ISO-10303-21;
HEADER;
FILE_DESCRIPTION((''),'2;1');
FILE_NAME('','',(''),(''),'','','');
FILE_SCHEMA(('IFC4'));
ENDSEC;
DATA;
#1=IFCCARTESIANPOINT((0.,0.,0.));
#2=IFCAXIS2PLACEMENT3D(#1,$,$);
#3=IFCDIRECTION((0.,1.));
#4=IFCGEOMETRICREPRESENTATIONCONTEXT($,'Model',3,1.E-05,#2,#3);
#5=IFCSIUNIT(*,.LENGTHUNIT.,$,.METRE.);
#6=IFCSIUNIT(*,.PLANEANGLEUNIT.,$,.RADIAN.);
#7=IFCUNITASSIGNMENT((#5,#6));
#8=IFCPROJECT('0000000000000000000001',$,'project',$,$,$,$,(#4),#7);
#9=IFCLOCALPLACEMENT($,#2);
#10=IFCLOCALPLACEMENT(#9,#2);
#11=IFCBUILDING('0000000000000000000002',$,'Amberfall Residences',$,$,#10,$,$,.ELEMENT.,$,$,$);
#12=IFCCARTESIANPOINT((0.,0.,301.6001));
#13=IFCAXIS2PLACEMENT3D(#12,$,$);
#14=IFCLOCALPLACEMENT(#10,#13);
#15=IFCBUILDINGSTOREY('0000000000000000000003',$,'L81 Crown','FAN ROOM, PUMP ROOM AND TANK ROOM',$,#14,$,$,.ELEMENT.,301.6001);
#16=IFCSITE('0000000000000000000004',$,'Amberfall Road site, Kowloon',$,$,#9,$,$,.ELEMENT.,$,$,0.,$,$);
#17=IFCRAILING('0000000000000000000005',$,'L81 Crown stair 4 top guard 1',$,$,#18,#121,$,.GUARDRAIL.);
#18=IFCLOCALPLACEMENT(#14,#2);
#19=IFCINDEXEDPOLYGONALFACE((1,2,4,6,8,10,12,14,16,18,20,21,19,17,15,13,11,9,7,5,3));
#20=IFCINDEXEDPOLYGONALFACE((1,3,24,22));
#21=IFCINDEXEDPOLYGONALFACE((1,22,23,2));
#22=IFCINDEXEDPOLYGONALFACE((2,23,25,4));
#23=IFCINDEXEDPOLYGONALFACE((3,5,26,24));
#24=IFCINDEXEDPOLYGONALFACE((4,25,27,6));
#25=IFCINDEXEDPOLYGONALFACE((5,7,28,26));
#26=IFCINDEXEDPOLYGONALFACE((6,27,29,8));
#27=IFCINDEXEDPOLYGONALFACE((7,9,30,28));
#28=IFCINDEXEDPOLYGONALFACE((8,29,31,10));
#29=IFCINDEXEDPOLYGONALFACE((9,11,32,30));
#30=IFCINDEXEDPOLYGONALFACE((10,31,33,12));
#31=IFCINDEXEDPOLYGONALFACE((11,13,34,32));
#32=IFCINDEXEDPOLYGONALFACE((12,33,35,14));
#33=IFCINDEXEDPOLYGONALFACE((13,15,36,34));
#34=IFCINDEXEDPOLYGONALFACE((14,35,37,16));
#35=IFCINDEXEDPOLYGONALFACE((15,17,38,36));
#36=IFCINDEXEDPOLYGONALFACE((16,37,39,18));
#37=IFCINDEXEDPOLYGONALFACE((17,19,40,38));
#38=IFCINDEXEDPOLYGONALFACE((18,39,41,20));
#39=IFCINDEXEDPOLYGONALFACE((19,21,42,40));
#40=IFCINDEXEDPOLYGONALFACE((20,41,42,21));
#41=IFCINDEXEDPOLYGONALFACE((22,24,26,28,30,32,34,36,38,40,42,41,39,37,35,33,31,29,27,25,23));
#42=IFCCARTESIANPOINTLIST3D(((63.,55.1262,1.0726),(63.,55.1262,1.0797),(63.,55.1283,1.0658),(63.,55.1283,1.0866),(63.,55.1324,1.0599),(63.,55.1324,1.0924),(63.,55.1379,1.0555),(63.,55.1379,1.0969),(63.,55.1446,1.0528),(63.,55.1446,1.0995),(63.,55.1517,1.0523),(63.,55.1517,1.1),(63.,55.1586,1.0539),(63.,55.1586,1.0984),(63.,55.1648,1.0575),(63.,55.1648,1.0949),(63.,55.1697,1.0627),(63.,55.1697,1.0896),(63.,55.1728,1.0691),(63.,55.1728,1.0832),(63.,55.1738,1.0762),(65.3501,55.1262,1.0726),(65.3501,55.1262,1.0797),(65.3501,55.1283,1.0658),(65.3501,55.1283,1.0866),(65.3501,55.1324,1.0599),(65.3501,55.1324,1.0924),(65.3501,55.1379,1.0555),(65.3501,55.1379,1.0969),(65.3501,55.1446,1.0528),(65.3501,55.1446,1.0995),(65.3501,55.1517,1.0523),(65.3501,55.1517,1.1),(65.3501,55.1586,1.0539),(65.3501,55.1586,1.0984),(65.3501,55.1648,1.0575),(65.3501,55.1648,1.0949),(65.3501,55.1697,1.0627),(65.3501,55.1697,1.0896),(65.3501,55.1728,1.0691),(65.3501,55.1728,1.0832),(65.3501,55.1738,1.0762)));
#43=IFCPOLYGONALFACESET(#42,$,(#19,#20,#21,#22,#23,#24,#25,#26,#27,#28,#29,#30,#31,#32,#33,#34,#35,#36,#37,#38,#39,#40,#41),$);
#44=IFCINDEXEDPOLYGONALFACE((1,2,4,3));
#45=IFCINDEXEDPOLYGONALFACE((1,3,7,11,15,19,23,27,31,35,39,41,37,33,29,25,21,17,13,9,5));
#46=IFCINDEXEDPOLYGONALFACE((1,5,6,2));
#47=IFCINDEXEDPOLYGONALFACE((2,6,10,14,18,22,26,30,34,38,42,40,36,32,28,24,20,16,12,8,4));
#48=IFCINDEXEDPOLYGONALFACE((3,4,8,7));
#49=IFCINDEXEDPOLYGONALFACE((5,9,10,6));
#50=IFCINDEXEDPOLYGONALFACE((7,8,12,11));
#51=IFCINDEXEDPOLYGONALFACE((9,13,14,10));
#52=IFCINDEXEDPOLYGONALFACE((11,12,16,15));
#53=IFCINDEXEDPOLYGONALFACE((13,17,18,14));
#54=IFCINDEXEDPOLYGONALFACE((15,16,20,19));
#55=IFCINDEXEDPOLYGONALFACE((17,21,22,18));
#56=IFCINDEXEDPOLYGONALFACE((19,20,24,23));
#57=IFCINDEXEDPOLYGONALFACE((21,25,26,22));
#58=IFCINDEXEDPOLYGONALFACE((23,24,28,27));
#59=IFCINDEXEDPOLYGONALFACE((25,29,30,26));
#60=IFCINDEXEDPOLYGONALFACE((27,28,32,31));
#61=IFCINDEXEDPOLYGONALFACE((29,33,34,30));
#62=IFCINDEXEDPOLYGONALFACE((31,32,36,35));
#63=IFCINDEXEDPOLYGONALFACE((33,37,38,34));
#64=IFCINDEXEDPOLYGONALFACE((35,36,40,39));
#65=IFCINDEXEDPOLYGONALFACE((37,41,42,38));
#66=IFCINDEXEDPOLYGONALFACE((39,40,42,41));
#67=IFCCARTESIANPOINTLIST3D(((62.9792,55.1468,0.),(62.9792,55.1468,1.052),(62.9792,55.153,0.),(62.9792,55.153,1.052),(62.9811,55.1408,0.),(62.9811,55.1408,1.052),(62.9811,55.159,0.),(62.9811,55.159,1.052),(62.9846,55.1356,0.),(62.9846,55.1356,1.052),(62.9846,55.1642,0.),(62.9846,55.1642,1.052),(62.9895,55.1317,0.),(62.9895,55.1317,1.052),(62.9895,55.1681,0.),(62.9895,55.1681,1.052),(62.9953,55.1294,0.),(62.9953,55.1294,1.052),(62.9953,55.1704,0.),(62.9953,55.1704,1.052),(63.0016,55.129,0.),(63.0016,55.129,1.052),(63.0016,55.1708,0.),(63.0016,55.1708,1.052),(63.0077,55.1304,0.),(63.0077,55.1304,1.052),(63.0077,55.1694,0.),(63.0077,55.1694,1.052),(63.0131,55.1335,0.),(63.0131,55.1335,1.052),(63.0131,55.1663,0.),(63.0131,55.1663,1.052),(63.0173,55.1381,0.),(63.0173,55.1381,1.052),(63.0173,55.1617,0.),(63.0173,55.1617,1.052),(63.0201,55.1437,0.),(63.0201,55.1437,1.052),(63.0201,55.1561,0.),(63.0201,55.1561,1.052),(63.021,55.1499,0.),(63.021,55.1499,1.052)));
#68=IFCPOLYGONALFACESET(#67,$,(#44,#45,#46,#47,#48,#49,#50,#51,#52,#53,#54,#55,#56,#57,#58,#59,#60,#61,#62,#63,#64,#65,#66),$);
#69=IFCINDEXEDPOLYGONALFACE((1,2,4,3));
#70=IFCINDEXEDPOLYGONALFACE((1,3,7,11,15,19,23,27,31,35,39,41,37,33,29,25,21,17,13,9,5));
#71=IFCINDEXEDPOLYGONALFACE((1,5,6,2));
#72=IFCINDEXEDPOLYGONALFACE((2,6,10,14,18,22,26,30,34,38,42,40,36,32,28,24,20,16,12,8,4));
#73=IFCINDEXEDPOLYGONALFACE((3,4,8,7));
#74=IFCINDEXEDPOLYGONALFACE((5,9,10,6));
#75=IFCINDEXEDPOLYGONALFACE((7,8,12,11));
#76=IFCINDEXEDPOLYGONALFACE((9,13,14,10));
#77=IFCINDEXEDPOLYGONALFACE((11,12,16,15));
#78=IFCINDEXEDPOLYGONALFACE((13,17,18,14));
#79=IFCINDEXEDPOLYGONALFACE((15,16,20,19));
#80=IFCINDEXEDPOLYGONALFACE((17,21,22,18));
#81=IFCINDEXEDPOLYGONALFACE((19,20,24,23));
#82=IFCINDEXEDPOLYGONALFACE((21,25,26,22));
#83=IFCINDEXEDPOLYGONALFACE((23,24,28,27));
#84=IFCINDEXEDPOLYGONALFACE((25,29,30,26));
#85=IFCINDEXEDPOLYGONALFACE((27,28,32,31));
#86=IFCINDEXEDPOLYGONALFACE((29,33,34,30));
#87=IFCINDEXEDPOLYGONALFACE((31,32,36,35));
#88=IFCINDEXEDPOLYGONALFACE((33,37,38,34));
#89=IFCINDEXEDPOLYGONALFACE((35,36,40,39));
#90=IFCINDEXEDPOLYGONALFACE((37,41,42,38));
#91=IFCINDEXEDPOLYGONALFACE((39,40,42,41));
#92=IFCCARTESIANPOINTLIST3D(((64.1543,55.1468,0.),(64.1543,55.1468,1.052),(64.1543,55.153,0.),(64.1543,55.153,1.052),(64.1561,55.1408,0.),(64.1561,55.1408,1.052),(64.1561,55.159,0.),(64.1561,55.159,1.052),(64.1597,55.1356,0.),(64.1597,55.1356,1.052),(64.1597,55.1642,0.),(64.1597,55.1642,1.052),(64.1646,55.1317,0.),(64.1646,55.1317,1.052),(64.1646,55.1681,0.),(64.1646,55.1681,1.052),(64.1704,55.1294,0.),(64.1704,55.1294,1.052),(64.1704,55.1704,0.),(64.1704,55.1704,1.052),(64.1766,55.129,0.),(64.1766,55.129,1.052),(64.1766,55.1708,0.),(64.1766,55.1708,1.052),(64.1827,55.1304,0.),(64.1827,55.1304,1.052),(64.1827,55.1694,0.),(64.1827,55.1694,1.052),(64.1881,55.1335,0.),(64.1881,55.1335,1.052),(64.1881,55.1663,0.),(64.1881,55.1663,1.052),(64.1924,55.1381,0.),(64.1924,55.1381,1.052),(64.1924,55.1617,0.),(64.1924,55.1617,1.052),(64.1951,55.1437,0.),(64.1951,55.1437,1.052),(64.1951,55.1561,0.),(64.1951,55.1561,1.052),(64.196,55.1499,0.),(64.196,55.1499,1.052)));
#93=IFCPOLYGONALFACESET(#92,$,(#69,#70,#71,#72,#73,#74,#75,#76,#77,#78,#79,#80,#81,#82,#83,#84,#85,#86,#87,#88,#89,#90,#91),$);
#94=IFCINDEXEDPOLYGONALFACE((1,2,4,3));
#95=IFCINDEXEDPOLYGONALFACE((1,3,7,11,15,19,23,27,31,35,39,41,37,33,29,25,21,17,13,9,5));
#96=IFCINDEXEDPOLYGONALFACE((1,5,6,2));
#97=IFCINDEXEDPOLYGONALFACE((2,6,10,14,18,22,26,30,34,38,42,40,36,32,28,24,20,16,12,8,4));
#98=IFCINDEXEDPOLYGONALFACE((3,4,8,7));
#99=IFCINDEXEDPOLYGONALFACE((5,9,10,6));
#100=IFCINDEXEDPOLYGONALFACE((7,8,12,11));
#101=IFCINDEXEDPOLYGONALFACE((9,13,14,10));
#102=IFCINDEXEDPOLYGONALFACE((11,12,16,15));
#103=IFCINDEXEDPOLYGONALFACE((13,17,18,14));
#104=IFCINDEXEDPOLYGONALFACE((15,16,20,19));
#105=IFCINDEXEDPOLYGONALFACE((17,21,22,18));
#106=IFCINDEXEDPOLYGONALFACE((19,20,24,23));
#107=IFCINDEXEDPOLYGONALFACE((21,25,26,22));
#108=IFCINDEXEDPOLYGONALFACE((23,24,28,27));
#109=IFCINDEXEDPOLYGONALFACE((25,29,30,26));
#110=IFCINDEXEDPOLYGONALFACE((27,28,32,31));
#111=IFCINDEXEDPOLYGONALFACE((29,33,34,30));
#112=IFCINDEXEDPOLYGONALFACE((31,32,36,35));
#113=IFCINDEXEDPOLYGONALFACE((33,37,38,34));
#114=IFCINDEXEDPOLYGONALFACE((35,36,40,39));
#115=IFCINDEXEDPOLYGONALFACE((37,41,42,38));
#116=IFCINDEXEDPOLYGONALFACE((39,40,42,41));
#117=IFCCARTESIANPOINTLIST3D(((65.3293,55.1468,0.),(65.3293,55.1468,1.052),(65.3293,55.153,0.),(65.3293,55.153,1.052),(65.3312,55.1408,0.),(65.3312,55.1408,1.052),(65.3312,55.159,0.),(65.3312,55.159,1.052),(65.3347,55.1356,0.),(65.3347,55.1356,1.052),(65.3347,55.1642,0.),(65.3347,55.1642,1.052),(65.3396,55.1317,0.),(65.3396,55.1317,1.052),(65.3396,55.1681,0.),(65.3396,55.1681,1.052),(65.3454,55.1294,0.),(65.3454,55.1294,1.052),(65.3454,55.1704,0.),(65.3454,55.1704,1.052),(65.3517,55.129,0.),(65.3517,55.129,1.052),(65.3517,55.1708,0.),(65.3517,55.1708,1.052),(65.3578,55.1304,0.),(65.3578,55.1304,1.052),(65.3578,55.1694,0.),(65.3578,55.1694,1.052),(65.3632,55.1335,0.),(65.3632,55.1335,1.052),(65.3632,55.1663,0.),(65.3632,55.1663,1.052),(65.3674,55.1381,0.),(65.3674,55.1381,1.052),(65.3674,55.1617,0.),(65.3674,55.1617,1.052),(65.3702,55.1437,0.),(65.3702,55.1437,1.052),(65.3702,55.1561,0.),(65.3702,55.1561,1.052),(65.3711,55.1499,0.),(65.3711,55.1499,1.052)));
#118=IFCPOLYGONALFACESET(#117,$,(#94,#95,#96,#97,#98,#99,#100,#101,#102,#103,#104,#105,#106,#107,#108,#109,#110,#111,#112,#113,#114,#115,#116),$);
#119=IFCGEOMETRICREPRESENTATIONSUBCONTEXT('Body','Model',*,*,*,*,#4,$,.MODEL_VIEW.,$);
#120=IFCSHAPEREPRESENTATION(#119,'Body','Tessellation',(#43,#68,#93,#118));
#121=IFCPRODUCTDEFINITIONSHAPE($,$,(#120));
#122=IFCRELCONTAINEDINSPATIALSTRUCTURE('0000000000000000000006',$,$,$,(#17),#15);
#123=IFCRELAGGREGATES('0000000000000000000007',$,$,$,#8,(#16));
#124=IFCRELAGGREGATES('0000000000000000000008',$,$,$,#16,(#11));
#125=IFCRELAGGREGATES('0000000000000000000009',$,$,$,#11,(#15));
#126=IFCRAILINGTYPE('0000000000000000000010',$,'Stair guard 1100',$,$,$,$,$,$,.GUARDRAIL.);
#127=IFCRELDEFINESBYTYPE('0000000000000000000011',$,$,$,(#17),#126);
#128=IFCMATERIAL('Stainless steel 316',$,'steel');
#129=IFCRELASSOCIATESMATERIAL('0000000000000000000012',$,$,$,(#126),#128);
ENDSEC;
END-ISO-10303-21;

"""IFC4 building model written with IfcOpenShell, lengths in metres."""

from ifc_helpers import new_model, si_unit, direction, frame, origin, origin_2d, place, context, subcontext, project, spatial, circle, extrude, material, type_object, element, save


model = new_model("IFC4")

# Units and contexts
model_context = context("Model", 3, precision=1e-05, world=origin(), true_north=direction((0.0, 1.0)))
body_context = subcontext(model_context, "Body", "Model", "MODEL_VIEW")
ifc_project = project(units=[si_unit("LENGTHUNIT", "METRE"), si_unit("PLANEANGLEUNIT", "RADIAN")], contexts=[model_context])

# Site, building, storey
site_placement = place(None, origin())
site = spatial("IfcSite", under=ifc_project, at=site_placement, Name="Amberfall Road site, Kowloon", CompositionType="ELEMENT", RefElevation=0.0)
building_placement = place(site_placement, origin())
building = spatial("IfcBuilding", under=site, at=building_placement, Name="Amberfall Residences", CompositionType="ELEMENT")
storey_placement = place(building_placement, frame((0.0, 0.0, 301.6001)))
storey = spatial("IfcBuildingStorey", under=building, at=storey_placement, Name="L81 Crown", Description="FAN ROOM, PUMP ROOM AND TANK ROOM", CompositionType="ELEMENT", Elevation=301.6001)

# Railing
ifc_material_1 = material(Name="Stainless steel 316", Category="steel")
railing_type = type_object("IfcRailingType", Name="Stair guard 1100", PredefinedType="GUARDRAIL", material=ifc_material_1)
railing_placement = place(storey_placement, frame((63.0, 55.1499, 0.0)))
element("IfcRailing", 1, at=railing_placement, inside=storey, type_object=railing_type, Name="L81 Crown stair 4 top guard 1", PredefinedType="GUARDRAIL", context=body_context, shape_type="SweptSolid", body=[
    extrude(circle(Radius=0.0239, at=origin_2d()), frame((0.0, 0.0, 1.0762), z_axis=(1.0, 0.0, 0.0), x_axis=(0.0, 1.0, 0.0)), (0.0, 0.0, 1.0), 2.3501),
    extrude(circle(Radius=0.021, at=origin_2d()), origin(), (0.0, 0.0, 1.0), 1.052),
    extrude(circle(Radius=0.021, at=origin_2d()), frame((1.175, 0.0, 0.0)), (0.0, 0.0, 1.0), 1.052),
    extrude(circle(Radius=0.021, at=origin_2d()), frame((2.3501, 0.0, 0.0)), (0.0, 0.0, 1.0), 1.052),
])

save(model, "model.ifc")
